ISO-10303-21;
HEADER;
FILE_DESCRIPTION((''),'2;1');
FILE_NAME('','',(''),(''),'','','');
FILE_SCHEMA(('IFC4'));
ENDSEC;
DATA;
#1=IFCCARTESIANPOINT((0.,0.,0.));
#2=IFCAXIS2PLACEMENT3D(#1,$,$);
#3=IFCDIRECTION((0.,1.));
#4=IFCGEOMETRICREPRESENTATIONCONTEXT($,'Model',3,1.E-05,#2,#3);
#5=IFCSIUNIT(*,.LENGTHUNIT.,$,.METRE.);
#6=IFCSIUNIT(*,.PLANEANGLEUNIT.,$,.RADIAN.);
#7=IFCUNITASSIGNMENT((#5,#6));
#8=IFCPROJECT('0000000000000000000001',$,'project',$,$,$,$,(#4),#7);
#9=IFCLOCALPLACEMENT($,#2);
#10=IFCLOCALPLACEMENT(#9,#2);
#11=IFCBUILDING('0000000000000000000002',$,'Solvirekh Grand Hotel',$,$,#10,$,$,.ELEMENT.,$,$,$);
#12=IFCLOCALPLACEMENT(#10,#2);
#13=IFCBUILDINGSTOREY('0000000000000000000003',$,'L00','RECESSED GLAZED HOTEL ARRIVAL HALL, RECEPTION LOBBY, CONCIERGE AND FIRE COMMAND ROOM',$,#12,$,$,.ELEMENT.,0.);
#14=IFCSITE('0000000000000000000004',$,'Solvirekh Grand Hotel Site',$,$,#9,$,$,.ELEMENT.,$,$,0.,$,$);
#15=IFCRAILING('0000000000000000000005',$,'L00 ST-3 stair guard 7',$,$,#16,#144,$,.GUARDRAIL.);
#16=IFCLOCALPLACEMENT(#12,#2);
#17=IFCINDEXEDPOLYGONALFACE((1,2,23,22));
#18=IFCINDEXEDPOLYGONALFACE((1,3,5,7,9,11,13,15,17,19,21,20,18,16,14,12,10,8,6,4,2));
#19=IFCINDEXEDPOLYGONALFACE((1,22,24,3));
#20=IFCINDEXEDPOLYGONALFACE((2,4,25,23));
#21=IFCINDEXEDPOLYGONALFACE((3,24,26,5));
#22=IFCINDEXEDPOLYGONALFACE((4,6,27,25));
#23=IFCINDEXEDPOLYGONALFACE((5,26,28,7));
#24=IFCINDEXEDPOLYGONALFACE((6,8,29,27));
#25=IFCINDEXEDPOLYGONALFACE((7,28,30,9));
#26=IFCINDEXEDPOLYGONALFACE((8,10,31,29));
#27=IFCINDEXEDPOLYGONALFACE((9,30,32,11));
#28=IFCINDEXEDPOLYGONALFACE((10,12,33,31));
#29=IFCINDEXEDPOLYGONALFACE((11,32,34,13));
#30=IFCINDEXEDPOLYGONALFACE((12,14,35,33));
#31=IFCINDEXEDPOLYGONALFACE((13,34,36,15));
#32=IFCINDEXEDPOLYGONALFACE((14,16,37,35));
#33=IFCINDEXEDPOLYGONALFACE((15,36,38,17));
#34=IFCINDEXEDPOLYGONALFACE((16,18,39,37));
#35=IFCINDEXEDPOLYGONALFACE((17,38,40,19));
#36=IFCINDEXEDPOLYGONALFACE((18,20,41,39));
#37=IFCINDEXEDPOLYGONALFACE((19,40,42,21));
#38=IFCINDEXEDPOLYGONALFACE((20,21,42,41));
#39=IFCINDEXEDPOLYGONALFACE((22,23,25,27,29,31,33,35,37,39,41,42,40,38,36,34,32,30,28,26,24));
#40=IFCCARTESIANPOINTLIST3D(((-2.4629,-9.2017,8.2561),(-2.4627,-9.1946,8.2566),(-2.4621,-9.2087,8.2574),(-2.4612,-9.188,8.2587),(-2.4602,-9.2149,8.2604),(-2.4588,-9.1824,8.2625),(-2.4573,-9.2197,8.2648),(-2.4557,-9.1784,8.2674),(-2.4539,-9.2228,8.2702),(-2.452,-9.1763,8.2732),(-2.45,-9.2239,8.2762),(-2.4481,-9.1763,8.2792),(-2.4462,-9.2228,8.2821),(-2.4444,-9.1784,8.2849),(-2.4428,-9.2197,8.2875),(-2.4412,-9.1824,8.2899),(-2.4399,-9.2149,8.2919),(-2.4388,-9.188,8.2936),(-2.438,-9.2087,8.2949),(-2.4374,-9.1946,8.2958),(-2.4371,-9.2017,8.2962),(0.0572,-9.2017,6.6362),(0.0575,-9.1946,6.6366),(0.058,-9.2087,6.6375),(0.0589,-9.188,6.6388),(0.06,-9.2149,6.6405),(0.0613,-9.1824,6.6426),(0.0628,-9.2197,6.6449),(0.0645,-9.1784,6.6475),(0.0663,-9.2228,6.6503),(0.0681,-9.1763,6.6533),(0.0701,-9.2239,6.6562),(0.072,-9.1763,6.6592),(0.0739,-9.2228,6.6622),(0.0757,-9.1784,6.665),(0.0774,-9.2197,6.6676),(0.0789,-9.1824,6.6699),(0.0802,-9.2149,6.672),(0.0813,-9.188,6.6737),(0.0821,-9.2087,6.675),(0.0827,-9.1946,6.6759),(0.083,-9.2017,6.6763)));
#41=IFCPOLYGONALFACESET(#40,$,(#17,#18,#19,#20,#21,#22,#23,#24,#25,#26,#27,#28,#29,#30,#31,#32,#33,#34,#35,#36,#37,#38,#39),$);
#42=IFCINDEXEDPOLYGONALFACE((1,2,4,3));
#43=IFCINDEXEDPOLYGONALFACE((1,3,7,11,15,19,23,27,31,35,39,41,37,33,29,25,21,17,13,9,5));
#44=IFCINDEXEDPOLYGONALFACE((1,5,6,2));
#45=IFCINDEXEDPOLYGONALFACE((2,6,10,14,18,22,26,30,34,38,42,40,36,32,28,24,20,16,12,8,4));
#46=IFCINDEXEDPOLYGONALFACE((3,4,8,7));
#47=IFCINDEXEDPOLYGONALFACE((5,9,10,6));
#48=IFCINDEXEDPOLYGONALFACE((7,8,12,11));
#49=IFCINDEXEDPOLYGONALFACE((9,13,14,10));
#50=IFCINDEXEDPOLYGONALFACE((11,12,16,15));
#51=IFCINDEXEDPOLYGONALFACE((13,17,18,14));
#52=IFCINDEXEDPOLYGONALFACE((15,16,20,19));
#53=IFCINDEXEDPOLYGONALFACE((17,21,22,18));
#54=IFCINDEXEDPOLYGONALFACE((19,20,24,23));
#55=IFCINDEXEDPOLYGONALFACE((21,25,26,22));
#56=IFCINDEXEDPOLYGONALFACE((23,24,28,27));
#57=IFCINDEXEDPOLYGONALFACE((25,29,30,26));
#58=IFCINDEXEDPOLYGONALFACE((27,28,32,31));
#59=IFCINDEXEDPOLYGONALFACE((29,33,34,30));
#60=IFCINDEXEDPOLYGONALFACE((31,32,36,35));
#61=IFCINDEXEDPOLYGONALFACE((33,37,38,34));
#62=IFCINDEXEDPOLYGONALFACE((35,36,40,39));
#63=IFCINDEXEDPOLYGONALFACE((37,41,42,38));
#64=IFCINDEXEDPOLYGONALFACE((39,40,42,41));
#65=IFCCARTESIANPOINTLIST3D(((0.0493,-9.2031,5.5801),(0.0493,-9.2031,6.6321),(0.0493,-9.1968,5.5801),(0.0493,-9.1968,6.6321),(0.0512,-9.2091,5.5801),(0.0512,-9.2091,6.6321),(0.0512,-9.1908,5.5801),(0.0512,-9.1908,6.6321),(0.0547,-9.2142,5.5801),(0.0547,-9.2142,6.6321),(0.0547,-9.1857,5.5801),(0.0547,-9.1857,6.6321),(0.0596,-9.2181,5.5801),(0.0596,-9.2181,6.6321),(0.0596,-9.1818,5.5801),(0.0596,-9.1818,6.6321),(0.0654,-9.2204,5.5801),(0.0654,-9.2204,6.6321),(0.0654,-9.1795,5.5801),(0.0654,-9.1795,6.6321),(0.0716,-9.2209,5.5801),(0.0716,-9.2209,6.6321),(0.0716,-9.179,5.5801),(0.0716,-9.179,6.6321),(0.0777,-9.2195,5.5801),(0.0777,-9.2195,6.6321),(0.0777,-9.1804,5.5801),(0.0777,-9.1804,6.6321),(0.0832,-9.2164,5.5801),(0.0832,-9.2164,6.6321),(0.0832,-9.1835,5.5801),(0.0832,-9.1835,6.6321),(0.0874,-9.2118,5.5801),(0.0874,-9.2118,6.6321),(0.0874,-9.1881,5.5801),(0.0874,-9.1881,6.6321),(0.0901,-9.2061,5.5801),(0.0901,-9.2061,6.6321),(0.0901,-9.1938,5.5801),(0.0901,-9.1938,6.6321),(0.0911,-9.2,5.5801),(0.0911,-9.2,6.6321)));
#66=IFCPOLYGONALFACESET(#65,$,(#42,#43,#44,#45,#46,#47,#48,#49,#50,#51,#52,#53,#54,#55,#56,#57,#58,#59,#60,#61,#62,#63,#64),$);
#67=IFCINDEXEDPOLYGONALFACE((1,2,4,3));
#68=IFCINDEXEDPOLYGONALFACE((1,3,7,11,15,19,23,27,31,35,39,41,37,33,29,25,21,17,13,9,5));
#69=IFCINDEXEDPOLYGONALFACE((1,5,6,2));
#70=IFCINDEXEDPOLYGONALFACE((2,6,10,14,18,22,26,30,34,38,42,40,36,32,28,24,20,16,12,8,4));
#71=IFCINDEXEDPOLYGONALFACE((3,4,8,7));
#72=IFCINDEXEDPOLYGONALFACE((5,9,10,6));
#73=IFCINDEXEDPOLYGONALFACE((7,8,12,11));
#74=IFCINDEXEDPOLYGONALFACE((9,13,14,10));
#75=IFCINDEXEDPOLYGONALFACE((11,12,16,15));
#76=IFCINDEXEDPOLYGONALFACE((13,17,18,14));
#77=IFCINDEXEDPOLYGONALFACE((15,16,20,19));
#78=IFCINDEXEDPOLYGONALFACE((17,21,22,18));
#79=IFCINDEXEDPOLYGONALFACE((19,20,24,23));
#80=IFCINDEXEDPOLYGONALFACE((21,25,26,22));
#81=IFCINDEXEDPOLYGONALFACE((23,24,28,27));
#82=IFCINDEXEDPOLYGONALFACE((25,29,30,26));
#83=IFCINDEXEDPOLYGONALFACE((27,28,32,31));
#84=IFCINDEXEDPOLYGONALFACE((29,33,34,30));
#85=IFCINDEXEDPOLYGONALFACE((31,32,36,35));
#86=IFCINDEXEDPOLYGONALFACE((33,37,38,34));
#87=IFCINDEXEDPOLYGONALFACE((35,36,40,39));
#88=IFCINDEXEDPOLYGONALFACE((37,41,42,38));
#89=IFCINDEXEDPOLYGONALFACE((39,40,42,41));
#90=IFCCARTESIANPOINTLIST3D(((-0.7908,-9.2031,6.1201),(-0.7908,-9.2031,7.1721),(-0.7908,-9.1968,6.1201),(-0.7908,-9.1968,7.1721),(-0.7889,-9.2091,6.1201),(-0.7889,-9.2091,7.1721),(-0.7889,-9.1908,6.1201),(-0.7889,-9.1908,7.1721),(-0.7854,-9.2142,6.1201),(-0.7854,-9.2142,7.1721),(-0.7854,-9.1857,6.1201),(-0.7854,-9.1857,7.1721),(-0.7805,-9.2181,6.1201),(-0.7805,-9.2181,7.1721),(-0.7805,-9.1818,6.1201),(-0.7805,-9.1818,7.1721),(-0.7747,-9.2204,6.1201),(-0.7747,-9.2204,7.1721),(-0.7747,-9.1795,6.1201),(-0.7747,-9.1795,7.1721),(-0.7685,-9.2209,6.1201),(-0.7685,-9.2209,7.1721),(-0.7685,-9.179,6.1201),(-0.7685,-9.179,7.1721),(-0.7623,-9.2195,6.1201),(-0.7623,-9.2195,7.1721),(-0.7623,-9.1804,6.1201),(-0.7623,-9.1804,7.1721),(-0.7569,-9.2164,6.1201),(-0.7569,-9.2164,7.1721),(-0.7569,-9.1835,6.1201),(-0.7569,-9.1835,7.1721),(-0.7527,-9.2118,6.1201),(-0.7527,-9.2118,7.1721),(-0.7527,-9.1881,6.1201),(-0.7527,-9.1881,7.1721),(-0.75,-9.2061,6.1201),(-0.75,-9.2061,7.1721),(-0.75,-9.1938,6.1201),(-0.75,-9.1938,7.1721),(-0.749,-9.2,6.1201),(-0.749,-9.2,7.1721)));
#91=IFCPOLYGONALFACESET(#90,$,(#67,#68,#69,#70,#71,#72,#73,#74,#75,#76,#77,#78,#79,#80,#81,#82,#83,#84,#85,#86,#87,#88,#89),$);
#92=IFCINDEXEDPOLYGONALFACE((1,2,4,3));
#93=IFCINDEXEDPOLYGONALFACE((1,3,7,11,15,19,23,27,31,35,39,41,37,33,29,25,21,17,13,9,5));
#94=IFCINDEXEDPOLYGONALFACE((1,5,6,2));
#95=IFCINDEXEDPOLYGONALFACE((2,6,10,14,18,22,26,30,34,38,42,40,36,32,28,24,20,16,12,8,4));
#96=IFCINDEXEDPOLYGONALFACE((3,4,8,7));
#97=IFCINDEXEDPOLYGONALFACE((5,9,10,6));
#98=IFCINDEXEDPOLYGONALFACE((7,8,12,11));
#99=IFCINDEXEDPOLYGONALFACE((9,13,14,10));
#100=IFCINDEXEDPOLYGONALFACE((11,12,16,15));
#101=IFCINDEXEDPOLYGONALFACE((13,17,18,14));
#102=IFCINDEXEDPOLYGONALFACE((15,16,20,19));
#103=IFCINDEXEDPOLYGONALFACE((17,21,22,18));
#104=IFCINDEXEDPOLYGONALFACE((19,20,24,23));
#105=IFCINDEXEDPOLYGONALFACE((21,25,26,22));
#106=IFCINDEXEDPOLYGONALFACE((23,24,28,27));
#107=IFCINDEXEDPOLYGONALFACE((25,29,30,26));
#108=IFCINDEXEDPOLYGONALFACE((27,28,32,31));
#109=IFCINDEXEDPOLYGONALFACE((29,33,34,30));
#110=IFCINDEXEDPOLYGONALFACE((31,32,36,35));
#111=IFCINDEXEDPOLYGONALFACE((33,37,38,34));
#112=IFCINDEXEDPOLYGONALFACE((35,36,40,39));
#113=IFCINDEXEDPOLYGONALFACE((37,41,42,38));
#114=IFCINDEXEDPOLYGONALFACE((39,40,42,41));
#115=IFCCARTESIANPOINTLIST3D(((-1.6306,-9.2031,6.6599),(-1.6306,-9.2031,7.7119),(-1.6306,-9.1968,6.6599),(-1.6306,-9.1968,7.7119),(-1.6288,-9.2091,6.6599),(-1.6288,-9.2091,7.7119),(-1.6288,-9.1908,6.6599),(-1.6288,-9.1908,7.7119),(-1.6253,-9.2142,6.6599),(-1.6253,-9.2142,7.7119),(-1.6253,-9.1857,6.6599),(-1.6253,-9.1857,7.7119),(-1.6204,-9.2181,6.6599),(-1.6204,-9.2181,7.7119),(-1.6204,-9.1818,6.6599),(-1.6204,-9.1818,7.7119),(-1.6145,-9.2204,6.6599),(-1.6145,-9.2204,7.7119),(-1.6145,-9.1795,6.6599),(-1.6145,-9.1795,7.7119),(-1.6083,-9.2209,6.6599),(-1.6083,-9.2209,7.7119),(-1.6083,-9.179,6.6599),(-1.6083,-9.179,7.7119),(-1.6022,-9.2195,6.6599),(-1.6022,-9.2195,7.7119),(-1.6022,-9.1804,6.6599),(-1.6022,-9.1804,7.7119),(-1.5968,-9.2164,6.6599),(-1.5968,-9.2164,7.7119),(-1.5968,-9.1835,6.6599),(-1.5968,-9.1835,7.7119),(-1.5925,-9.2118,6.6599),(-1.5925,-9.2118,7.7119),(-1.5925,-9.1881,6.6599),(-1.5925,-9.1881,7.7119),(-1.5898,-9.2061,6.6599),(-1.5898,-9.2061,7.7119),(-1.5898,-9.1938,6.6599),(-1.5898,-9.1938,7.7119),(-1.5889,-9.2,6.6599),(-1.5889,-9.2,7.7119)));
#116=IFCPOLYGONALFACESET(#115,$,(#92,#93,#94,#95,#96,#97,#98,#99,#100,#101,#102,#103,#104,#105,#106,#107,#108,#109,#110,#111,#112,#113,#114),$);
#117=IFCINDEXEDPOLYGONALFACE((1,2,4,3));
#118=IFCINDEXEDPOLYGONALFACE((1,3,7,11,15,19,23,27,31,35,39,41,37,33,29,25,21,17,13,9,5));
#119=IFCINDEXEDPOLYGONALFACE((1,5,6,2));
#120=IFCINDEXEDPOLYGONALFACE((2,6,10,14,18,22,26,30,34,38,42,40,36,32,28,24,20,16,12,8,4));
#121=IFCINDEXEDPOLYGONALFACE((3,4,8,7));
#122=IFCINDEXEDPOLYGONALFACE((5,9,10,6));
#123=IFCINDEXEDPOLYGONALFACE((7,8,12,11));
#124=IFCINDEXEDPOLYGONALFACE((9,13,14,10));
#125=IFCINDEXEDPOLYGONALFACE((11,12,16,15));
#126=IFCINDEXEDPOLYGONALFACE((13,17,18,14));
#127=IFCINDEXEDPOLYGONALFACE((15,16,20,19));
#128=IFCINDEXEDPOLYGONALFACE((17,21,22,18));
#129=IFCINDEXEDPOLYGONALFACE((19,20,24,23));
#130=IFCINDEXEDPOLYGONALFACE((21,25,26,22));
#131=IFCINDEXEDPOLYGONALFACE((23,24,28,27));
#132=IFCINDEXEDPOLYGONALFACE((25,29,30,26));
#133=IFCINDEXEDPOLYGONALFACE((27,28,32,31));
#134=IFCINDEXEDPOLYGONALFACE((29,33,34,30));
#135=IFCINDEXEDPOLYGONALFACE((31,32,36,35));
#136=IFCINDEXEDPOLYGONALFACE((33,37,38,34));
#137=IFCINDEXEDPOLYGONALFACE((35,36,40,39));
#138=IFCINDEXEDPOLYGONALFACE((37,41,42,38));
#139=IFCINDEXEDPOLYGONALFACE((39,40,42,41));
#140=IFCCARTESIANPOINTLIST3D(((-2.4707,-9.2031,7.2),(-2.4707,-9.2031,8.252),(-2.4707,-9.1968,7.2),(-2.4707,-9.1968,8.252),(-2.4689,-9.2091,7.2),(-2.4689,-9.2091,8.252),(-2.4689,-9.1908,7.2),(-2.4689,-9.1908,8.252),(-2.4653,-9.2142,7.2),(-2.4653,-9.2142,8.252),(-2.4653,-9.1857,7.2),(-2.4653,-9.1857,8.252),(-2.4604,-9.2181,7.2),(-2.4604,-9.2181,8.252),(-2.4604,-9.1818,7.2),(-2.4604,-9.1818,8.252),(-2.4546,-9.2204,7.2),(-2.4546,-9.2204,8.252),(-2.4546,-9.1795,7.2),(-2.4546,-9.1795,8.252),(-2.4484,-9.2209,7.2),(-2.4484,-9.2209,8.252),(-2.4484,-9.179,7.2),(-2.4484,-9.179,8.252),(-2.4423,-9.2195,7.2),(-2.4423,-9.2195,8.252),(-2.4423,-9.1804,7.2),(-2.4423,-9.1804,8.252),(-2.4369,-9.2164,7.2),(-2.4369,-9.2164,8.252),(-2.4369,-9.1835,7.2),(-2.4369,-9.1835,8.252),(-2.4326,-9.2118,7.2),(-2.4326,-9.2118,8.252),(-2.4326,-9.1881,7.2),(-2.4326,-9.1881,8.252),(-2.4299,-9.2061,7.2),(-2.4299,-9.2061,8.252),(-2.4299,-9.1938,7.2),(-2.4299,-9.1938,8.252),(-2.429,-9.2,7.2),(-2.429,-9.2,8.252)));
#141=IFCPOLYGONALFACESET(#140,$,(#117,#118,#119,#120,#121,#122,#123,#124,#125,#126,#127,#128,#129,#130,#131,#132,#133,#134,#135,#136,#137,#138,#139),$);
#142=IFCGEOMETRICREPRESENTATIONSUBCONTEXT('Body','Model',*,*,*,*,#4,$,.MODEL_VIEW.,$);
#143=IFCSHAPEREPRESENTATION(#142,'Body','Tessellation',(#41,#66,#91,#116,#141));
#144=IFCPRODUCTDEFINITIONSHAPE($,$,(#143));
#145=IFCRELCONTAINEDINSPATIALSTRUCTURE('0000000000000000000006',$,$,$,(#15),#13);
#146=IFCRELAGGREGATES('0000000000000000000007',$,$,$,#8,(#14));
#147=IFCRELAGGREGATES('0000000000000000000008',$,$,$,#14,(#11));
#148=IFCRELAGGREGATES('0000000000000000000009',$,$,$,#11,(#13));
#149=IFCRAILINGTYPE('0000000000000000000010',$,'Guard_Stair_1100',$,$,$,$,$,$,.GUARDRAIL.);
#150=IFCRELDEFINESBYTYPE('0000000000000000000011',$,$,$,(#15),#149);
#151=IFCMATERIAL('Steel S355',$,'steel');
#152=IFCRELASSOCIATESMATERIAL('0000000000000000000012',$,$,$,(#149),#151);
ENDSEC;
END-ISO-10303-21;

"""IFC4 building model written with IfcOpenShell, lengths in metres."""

from ifc_helpers import new_model, si_unit, direction, frame, origin, origin_2d, place, context, subcontext, project, spatial, circle, extrude, material, type_object, element, save


model = new_model("IFC4")

# Units and contexts
model_context = context("Model", 3, precision=1e-05, world=origin(), true_north=direction((0.0, 1.0)))
body_context = subcontext(model_context, "Body", "Model", "MODEL_VIEW")
ifc_project = project(units=[si_unit("LENGTHUNIT", "METRE"), si_unit("PLANEANGLEUNIT", "RADIAN")], contexts=[model_context])

# Site, building, storey
site_placement = place(None, origin())
site = spatial("IfcSite", under=ifc_project, at=site_placement, Name="Solvirekh Grand Hotel Site", CompositionType="ELEMENT", RefElevation=0.0)
building_placement = place(site_placement, origin())
building = spatial("IfcBuilding", under=site, at=building_placement, Name="Solvirekh Grand Hotel", CompositionType="ELEMENT")
storey_placement = place(building_placement, origin())
storey = spatial("IfcBuildingStorey", under=building, at=storey_placement, Name="L00", Description="RECESSED GLAZED HOTEL ARRIVAL HALL, RECEPTION LOBBY, CONCIERGE AND FIRE COMMAND ROOM", CompositionType="ELEMENT", Elevation=0.0)

# Shared definitions
ifc_material_1 = material(Name="Steel S355", Category="steel")

# Railing
railing_type_1 = type_object("IfcRailingType", Name="Guard_Stair_1100", PredefinedType="GUARDRAIL", material=ifc_material_1)
railing_1_placement = place(storey_placement, frame((0.0701, -9.2, 5.5801)))
element("IfcRailing", 1, at=railing_1_placement, inside=storey, type_object=railing_type_1, Name="L00 ST-3 stair guard 7", PredefinedType="GUARDRAIL", context=body_context, shape_type="SweptSolid", body=[
    extrude(circle(Radius=0.0239, at=origin_2d()), frame((0.0, 0.0, 1.0762), z_axis=(-0.8412, 0.0, 0.540725), x_axis=(0.0, -1.0, 0.0)), (0.0, 0.0, 1.0), 2.9958),
    extrude(circle(Radius=0.021, at=origin_2d()), origin(), (0.0, 0.0, 1.0), 1.052),
    extrude(circle(Radius=0.021, at=origin_2d()), frame((-0.8401, 0.0, 0.54)), (0.0, 0.0, 1.0), 1.052),
    extrude(circle(Radius=0.021, at=origin_2d()), frame((-1.6799, 0.0, 1.0798)), (0.0, 0.0, 1.0), 1.052),
    extrude(circle(Radius=0.021, at=origin_2d()), frame((-2.52, 0.0, 1.6199)), (0.0, 0.0, 1.0), 1.052),
])

save(model, "model.ifc")
